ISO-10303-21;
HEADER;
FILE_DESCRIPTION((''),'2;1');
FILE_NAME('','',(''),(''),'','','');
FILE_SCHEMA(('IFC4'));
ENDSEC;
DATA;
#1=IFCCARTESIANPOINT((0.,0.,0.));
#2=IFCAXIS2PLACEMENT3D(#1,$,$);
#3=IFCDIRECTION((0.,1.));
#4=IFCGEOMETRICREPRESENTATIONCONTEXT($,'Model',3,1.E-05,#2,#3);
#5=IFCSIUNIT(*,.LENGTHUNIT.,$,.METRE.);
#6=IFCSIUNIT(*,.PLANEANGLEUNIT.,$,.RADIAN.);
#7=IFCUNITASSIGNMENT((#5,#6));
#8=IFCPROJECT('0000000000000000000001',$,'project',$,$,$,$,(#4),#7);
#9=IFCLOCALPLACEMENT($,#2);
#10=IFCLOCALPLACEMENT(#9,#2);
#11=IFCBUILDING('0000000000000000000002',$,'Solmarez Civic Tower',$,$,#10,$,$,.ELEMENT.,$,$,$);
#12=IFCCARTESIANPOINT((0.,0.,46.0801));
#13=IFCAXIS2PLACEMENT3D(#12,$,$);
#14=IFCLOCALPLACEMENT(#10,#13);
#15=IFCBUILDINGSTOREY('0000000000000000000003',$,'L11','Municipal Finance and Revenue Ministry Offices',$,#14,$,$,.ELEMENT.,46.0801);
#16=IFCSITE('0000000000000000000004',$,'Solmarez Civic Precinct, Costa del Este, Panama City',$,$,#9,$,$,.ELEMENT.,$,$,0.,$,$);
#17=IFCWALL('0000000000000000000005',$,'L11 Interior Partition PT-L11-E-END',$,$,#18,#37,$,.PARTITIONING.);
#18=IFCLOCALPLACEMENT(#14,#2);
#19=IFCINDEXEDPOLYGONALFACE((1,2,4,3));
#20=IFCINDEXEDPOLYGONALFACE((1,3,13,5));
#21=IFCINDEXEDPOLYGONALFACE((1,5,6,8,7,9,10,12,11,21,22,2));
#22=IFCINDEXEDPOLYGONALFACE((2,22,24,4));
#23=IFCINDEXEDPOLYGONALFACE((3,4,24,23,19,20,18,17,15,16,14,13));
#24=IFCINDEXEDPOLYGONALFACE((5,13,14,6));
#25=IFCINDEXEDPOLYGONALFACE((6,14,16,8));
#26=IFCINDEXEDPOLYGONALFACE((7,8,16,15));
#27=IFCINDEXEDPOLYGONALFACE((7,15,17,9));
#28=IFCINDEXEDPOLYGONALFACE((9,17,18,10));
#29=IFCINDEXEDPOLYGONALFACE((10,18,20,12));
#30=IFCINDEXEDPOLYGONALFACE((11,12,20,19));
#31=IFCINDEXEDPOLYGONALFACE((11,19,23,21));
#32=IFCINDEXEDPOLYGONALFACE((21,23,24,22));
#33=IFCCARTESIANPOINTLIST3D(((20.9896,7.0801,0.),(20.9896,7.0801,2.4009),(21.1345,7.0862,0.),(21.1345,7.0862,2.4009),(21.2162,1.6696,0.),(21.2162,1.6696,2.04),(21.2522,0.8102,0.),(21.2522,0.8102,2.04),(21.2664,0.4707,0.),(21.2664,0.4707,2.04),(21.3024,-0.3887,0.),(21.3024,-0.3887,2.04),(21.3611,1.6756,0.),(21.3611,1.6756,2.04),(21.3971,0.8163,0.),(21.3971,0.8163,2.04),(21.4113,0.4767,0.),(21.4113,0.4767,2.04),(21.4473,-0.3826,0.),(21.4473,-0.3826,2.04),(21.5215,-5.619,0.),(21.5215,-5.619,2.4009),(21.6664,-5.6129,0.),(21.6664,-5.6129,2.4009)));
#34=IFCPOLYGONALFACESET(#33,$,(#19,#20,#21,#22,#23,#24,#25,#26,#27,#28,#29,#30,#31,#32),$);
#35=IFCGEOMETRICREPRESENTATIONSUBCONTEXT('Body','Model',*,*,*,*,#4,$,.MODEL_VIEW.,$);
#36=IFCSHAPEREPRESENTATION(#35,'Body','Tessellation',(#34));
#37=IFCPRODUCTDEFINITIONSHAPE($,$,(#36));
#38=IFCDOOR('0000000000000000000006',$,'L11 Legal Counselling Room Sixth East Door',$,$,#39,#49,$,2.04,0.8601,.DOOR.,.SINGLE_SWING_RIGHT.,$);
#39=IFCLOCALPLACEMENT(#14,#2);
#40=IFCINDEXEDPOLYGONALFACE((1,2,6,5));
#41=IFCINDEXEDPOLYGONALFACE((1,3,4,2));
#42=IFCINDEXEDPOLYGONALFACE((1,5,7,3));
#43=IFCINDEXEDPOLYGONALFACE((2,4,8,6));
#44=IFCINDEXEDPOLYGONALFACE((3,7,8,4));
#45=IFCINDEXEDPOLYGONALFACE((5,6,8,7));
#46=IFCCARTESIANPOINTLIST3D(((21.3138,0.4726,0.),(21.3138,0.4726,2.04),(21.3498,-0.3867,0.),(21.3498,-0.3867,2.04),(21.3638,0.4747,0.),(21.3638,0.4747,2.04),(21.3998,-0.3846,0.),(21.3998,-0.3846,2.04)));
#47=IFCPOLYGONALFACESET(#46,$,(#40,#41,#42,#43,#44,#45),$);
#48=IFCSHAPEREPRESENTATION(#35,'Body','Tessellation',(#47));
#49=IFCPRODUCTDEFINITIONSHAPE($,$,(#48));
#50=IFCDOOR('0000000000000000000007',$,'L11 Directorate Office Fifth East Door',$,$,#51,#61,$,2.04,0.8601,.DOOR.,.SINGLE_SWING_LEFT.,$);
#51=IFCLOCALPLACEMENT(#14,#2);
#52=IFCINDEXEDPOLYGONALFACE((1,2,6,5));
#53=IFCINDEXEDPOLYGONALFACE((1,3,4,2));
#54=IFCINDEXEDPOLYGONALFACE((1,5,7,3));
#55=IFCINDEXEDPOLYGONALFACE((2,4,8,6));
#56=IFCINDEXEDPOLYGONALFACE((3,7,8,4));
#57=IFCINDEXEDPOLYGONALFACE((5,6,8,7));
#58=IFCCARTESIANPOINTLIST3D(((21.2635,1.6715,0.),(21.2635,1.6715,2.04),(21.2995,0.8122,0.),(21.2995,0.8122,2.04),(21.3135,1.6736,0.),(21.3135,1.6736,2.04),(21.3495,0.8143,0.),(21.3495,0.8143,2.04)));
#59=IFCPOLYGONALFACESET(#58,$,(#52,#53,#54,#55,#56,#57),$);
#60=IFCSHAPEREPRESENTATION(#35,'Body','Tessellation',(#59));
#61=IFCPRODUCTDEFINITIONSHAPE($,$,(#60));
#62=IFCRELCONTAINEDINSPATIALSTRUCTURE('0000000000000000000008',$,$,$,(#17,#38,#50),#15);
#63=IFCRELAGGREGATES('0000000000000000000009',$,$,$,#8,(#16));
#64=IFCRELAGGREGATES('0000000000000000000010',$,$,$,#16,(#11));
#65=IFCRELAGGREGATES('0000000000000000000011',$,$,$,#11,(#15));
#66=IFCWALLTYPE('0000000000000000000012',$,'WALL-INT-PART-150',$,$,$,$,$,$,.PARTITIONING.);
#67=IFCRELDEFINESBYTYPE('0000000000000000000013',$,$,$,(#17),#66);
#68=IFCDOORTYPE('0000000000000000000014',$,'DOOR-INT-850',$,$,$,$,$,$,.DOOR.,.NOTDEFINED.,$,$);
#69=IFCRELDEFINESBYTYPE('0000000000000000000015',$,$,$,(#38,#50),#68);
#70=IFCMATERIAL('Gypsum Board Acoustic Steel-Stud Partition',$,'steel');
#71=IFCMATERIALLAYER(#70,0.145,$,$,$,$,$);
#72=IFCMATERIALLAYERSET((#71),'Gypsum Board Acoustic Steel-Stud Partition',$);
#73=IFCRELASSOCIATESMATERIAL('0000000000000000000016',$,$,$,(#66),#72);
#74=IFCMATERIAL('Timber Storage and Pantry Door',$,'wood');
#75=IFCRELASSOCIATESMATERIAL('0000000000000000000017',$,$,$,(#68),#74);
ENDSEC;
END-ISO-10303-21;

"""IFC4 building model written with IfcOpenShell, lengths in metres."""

from ifc_helpers import new_model, si_unit, direction, frame, frame_2d, origin, place, context, subcontext, project, spatial, rectangle, extrude, material, layer, layer_set, type_object, element, fill, save


model = new_model("IFC4")

# Units and contexts
model_context = context("Model", 3, precision=1e-05, world=origin(), true_north=direction((0.0, 1.0)))
body_context = subcontext(model_context, "Body", "Model", "MODEL_VIEW")
ifc_project = project(units=[si_unit("LENGTHUNIT", "METRE"), si_unit("PLANEANGLEUNIT", "RADIAN")], contexts=[model_context])

# Site, building, storey
site_placement = place(None, origin())
site = spatial("IfcSite", under=ifc_project, at=site_placement, Name="Solmarez Civic Precinct, Costa del Este, Panama City", CompositionType="ELEMENT", RefElevation=0.0)
building_placement = place(site_placement, origin())
building = spatial("IfcBuilding", under=site, at=building_placement, Name="Solmarez Civic Tower", CompositionType="ELEMENT")
storey_placement = place(building_placement, frame((0.0, 0.0, 46.0801)))
storey = spatial("IfcBuildingStorey", under=building, at=storey_placement, Name="L11", Description="Municipal Finance and Revenue Ministry Offices", CompositionType="ELEMENT", Elevation=46.0801)

# Shared definitions
ifc_material_1 = material(Name="Gypsum Board Acoustic Steel-Stud Partition", Category="steel")
ifc_layer_1 = layer(ifc_material_1, 0.145)
ifc_layer_set_1 = layer_set([ifc_layer_1], Name="Gypsum Board Acoustic Steel-Stud Partition")
wall_type_1 = type_object("IfcWallType", Name="WALL-INT-PART-150", PredefinedType="PARTITIONING", material=ifc_layer_set_1)

# Wall, openings, doors
wall_1_placement = place(storey_placement, frame((21.062, 7.083, 0.0), z_axis=(0.0, 0.0, 1.0), x_axis=(0.041855, -0.999124, 0.0)))
wall_1 = element("IfcWall", 1, at=wall_1_placement, inside=storey, type_object=wall_type_1, Name="L11 Interior Partition PT-L11-E-END", PredefinedType="PARTITIONING", context=body_context, shape_type="SweptSolid", body=[
    extrude(rectangle(XDim=12.7102, YDim=0.145, at=frame_2d((6.355, 0.0))), origin(), (0.0, 0.0, 1.0), 2.4009),
])
opening_1_placement = place(wall_1_placement, frame((6.615, 0.0, 0.0)))
opening_1 = element("IfcOpeningElement", 2, at=opening_1_placement, cuts=wall_1, PredefinedType="OPENING", context=body_context, shape_type="SweptSolid", body=[
    extrude(rectangle(XDim=0.8601, YDim=2.04, at=frame_2d((0.4302, 1.02))), frame((0.0, 0.0825, 0.0), z_axis=(0.0, -1.0, 0.0), x_axis=(1.0, 0.0, 0.0)), (0.0, 0.0, 1.0), 0.165),
])
opening_2_placement = place(wall_1_placement, frame((5.415, 0.0, 0.0)))
opening_2 = element("IfcOpeningElement", 3, at=opening_2_placement, cuts=wall_1, PredefinedType="OPENING", context=body_context, shape_type="SweptSolid", body=[
    extrude(rectangle(XDim=0.8601, YDim=2.04, at=frame_2d((0.4302, 1.02))), frame((0.0, 0.0825, 0.0), z_axis=(0.0, -1.0, 0.0), x_axis=(1.0, 0.0, 0.0)), (0.0, 0.0, 1.0), 0.165),
])
ifc_material_2 = material(Name="Timber Storage and Pantry Door", Category="wood")
door_type_1 = type_object("IfcDoorType", Name="DOOR-INT-850", OperationType="NOTDEFINED", PredefinedType="DOOR", material=ifc_material_2)
door_1_placement = place(opening_1_placement, origin())
door_1 = element("IfcDoor", 4, at=door_1_placement, inside=storey, type_object=door_type_1, Name="L11 Legal Counselling Room Sixth East Door", OperationType="SINGLE_SWING_RIGHT", OverallHeight=2.04, OverallWidth=0.8601, PredefinedType="DOOR", context=body_context, shape_type="SweptSolid", body=[
    extrude(rectangle(XDim=0.8601, YDim=2.04, at=frame_2d((0.4302, 1.02))), frame((0.0, 0.0249, 0.0), z_axis=(0.0, -1.0, 0.0), x_axis=(1.0, 0.0, 0.0)), (0.0, 0.0, 1.0), 0.05),
])
fill(opening_1, door_1)
door_2_placement = place(opening_2_placement, origin())
door_2 = element("IfcDoor", 5, at=door_2_placement, inside=storey, type_object=door_type_1, Name="L11 Directorate Office Fifth East Door", OperationType="SINGLE_SWING_LEFT", OverallHeight=2.04, OverallWidth=0.8601, PredefinedType="DOOR", context=body_context, shape_type="SweptSolid", body=[
    extrude(rectangle(XDim=0.8601, YDim=2.04, at=frame_2d((0.4302, 1.02))), frame((0.0, 0.0249, 0.0), z_axis=(0.0, -1.0, 0.0), x_axis=(1.0, 0.0, 0.0)), (0.0, 0.0, 1.0), 0.05),
])
fill(opening_2, door_2)

save(model, "model.ifc")
